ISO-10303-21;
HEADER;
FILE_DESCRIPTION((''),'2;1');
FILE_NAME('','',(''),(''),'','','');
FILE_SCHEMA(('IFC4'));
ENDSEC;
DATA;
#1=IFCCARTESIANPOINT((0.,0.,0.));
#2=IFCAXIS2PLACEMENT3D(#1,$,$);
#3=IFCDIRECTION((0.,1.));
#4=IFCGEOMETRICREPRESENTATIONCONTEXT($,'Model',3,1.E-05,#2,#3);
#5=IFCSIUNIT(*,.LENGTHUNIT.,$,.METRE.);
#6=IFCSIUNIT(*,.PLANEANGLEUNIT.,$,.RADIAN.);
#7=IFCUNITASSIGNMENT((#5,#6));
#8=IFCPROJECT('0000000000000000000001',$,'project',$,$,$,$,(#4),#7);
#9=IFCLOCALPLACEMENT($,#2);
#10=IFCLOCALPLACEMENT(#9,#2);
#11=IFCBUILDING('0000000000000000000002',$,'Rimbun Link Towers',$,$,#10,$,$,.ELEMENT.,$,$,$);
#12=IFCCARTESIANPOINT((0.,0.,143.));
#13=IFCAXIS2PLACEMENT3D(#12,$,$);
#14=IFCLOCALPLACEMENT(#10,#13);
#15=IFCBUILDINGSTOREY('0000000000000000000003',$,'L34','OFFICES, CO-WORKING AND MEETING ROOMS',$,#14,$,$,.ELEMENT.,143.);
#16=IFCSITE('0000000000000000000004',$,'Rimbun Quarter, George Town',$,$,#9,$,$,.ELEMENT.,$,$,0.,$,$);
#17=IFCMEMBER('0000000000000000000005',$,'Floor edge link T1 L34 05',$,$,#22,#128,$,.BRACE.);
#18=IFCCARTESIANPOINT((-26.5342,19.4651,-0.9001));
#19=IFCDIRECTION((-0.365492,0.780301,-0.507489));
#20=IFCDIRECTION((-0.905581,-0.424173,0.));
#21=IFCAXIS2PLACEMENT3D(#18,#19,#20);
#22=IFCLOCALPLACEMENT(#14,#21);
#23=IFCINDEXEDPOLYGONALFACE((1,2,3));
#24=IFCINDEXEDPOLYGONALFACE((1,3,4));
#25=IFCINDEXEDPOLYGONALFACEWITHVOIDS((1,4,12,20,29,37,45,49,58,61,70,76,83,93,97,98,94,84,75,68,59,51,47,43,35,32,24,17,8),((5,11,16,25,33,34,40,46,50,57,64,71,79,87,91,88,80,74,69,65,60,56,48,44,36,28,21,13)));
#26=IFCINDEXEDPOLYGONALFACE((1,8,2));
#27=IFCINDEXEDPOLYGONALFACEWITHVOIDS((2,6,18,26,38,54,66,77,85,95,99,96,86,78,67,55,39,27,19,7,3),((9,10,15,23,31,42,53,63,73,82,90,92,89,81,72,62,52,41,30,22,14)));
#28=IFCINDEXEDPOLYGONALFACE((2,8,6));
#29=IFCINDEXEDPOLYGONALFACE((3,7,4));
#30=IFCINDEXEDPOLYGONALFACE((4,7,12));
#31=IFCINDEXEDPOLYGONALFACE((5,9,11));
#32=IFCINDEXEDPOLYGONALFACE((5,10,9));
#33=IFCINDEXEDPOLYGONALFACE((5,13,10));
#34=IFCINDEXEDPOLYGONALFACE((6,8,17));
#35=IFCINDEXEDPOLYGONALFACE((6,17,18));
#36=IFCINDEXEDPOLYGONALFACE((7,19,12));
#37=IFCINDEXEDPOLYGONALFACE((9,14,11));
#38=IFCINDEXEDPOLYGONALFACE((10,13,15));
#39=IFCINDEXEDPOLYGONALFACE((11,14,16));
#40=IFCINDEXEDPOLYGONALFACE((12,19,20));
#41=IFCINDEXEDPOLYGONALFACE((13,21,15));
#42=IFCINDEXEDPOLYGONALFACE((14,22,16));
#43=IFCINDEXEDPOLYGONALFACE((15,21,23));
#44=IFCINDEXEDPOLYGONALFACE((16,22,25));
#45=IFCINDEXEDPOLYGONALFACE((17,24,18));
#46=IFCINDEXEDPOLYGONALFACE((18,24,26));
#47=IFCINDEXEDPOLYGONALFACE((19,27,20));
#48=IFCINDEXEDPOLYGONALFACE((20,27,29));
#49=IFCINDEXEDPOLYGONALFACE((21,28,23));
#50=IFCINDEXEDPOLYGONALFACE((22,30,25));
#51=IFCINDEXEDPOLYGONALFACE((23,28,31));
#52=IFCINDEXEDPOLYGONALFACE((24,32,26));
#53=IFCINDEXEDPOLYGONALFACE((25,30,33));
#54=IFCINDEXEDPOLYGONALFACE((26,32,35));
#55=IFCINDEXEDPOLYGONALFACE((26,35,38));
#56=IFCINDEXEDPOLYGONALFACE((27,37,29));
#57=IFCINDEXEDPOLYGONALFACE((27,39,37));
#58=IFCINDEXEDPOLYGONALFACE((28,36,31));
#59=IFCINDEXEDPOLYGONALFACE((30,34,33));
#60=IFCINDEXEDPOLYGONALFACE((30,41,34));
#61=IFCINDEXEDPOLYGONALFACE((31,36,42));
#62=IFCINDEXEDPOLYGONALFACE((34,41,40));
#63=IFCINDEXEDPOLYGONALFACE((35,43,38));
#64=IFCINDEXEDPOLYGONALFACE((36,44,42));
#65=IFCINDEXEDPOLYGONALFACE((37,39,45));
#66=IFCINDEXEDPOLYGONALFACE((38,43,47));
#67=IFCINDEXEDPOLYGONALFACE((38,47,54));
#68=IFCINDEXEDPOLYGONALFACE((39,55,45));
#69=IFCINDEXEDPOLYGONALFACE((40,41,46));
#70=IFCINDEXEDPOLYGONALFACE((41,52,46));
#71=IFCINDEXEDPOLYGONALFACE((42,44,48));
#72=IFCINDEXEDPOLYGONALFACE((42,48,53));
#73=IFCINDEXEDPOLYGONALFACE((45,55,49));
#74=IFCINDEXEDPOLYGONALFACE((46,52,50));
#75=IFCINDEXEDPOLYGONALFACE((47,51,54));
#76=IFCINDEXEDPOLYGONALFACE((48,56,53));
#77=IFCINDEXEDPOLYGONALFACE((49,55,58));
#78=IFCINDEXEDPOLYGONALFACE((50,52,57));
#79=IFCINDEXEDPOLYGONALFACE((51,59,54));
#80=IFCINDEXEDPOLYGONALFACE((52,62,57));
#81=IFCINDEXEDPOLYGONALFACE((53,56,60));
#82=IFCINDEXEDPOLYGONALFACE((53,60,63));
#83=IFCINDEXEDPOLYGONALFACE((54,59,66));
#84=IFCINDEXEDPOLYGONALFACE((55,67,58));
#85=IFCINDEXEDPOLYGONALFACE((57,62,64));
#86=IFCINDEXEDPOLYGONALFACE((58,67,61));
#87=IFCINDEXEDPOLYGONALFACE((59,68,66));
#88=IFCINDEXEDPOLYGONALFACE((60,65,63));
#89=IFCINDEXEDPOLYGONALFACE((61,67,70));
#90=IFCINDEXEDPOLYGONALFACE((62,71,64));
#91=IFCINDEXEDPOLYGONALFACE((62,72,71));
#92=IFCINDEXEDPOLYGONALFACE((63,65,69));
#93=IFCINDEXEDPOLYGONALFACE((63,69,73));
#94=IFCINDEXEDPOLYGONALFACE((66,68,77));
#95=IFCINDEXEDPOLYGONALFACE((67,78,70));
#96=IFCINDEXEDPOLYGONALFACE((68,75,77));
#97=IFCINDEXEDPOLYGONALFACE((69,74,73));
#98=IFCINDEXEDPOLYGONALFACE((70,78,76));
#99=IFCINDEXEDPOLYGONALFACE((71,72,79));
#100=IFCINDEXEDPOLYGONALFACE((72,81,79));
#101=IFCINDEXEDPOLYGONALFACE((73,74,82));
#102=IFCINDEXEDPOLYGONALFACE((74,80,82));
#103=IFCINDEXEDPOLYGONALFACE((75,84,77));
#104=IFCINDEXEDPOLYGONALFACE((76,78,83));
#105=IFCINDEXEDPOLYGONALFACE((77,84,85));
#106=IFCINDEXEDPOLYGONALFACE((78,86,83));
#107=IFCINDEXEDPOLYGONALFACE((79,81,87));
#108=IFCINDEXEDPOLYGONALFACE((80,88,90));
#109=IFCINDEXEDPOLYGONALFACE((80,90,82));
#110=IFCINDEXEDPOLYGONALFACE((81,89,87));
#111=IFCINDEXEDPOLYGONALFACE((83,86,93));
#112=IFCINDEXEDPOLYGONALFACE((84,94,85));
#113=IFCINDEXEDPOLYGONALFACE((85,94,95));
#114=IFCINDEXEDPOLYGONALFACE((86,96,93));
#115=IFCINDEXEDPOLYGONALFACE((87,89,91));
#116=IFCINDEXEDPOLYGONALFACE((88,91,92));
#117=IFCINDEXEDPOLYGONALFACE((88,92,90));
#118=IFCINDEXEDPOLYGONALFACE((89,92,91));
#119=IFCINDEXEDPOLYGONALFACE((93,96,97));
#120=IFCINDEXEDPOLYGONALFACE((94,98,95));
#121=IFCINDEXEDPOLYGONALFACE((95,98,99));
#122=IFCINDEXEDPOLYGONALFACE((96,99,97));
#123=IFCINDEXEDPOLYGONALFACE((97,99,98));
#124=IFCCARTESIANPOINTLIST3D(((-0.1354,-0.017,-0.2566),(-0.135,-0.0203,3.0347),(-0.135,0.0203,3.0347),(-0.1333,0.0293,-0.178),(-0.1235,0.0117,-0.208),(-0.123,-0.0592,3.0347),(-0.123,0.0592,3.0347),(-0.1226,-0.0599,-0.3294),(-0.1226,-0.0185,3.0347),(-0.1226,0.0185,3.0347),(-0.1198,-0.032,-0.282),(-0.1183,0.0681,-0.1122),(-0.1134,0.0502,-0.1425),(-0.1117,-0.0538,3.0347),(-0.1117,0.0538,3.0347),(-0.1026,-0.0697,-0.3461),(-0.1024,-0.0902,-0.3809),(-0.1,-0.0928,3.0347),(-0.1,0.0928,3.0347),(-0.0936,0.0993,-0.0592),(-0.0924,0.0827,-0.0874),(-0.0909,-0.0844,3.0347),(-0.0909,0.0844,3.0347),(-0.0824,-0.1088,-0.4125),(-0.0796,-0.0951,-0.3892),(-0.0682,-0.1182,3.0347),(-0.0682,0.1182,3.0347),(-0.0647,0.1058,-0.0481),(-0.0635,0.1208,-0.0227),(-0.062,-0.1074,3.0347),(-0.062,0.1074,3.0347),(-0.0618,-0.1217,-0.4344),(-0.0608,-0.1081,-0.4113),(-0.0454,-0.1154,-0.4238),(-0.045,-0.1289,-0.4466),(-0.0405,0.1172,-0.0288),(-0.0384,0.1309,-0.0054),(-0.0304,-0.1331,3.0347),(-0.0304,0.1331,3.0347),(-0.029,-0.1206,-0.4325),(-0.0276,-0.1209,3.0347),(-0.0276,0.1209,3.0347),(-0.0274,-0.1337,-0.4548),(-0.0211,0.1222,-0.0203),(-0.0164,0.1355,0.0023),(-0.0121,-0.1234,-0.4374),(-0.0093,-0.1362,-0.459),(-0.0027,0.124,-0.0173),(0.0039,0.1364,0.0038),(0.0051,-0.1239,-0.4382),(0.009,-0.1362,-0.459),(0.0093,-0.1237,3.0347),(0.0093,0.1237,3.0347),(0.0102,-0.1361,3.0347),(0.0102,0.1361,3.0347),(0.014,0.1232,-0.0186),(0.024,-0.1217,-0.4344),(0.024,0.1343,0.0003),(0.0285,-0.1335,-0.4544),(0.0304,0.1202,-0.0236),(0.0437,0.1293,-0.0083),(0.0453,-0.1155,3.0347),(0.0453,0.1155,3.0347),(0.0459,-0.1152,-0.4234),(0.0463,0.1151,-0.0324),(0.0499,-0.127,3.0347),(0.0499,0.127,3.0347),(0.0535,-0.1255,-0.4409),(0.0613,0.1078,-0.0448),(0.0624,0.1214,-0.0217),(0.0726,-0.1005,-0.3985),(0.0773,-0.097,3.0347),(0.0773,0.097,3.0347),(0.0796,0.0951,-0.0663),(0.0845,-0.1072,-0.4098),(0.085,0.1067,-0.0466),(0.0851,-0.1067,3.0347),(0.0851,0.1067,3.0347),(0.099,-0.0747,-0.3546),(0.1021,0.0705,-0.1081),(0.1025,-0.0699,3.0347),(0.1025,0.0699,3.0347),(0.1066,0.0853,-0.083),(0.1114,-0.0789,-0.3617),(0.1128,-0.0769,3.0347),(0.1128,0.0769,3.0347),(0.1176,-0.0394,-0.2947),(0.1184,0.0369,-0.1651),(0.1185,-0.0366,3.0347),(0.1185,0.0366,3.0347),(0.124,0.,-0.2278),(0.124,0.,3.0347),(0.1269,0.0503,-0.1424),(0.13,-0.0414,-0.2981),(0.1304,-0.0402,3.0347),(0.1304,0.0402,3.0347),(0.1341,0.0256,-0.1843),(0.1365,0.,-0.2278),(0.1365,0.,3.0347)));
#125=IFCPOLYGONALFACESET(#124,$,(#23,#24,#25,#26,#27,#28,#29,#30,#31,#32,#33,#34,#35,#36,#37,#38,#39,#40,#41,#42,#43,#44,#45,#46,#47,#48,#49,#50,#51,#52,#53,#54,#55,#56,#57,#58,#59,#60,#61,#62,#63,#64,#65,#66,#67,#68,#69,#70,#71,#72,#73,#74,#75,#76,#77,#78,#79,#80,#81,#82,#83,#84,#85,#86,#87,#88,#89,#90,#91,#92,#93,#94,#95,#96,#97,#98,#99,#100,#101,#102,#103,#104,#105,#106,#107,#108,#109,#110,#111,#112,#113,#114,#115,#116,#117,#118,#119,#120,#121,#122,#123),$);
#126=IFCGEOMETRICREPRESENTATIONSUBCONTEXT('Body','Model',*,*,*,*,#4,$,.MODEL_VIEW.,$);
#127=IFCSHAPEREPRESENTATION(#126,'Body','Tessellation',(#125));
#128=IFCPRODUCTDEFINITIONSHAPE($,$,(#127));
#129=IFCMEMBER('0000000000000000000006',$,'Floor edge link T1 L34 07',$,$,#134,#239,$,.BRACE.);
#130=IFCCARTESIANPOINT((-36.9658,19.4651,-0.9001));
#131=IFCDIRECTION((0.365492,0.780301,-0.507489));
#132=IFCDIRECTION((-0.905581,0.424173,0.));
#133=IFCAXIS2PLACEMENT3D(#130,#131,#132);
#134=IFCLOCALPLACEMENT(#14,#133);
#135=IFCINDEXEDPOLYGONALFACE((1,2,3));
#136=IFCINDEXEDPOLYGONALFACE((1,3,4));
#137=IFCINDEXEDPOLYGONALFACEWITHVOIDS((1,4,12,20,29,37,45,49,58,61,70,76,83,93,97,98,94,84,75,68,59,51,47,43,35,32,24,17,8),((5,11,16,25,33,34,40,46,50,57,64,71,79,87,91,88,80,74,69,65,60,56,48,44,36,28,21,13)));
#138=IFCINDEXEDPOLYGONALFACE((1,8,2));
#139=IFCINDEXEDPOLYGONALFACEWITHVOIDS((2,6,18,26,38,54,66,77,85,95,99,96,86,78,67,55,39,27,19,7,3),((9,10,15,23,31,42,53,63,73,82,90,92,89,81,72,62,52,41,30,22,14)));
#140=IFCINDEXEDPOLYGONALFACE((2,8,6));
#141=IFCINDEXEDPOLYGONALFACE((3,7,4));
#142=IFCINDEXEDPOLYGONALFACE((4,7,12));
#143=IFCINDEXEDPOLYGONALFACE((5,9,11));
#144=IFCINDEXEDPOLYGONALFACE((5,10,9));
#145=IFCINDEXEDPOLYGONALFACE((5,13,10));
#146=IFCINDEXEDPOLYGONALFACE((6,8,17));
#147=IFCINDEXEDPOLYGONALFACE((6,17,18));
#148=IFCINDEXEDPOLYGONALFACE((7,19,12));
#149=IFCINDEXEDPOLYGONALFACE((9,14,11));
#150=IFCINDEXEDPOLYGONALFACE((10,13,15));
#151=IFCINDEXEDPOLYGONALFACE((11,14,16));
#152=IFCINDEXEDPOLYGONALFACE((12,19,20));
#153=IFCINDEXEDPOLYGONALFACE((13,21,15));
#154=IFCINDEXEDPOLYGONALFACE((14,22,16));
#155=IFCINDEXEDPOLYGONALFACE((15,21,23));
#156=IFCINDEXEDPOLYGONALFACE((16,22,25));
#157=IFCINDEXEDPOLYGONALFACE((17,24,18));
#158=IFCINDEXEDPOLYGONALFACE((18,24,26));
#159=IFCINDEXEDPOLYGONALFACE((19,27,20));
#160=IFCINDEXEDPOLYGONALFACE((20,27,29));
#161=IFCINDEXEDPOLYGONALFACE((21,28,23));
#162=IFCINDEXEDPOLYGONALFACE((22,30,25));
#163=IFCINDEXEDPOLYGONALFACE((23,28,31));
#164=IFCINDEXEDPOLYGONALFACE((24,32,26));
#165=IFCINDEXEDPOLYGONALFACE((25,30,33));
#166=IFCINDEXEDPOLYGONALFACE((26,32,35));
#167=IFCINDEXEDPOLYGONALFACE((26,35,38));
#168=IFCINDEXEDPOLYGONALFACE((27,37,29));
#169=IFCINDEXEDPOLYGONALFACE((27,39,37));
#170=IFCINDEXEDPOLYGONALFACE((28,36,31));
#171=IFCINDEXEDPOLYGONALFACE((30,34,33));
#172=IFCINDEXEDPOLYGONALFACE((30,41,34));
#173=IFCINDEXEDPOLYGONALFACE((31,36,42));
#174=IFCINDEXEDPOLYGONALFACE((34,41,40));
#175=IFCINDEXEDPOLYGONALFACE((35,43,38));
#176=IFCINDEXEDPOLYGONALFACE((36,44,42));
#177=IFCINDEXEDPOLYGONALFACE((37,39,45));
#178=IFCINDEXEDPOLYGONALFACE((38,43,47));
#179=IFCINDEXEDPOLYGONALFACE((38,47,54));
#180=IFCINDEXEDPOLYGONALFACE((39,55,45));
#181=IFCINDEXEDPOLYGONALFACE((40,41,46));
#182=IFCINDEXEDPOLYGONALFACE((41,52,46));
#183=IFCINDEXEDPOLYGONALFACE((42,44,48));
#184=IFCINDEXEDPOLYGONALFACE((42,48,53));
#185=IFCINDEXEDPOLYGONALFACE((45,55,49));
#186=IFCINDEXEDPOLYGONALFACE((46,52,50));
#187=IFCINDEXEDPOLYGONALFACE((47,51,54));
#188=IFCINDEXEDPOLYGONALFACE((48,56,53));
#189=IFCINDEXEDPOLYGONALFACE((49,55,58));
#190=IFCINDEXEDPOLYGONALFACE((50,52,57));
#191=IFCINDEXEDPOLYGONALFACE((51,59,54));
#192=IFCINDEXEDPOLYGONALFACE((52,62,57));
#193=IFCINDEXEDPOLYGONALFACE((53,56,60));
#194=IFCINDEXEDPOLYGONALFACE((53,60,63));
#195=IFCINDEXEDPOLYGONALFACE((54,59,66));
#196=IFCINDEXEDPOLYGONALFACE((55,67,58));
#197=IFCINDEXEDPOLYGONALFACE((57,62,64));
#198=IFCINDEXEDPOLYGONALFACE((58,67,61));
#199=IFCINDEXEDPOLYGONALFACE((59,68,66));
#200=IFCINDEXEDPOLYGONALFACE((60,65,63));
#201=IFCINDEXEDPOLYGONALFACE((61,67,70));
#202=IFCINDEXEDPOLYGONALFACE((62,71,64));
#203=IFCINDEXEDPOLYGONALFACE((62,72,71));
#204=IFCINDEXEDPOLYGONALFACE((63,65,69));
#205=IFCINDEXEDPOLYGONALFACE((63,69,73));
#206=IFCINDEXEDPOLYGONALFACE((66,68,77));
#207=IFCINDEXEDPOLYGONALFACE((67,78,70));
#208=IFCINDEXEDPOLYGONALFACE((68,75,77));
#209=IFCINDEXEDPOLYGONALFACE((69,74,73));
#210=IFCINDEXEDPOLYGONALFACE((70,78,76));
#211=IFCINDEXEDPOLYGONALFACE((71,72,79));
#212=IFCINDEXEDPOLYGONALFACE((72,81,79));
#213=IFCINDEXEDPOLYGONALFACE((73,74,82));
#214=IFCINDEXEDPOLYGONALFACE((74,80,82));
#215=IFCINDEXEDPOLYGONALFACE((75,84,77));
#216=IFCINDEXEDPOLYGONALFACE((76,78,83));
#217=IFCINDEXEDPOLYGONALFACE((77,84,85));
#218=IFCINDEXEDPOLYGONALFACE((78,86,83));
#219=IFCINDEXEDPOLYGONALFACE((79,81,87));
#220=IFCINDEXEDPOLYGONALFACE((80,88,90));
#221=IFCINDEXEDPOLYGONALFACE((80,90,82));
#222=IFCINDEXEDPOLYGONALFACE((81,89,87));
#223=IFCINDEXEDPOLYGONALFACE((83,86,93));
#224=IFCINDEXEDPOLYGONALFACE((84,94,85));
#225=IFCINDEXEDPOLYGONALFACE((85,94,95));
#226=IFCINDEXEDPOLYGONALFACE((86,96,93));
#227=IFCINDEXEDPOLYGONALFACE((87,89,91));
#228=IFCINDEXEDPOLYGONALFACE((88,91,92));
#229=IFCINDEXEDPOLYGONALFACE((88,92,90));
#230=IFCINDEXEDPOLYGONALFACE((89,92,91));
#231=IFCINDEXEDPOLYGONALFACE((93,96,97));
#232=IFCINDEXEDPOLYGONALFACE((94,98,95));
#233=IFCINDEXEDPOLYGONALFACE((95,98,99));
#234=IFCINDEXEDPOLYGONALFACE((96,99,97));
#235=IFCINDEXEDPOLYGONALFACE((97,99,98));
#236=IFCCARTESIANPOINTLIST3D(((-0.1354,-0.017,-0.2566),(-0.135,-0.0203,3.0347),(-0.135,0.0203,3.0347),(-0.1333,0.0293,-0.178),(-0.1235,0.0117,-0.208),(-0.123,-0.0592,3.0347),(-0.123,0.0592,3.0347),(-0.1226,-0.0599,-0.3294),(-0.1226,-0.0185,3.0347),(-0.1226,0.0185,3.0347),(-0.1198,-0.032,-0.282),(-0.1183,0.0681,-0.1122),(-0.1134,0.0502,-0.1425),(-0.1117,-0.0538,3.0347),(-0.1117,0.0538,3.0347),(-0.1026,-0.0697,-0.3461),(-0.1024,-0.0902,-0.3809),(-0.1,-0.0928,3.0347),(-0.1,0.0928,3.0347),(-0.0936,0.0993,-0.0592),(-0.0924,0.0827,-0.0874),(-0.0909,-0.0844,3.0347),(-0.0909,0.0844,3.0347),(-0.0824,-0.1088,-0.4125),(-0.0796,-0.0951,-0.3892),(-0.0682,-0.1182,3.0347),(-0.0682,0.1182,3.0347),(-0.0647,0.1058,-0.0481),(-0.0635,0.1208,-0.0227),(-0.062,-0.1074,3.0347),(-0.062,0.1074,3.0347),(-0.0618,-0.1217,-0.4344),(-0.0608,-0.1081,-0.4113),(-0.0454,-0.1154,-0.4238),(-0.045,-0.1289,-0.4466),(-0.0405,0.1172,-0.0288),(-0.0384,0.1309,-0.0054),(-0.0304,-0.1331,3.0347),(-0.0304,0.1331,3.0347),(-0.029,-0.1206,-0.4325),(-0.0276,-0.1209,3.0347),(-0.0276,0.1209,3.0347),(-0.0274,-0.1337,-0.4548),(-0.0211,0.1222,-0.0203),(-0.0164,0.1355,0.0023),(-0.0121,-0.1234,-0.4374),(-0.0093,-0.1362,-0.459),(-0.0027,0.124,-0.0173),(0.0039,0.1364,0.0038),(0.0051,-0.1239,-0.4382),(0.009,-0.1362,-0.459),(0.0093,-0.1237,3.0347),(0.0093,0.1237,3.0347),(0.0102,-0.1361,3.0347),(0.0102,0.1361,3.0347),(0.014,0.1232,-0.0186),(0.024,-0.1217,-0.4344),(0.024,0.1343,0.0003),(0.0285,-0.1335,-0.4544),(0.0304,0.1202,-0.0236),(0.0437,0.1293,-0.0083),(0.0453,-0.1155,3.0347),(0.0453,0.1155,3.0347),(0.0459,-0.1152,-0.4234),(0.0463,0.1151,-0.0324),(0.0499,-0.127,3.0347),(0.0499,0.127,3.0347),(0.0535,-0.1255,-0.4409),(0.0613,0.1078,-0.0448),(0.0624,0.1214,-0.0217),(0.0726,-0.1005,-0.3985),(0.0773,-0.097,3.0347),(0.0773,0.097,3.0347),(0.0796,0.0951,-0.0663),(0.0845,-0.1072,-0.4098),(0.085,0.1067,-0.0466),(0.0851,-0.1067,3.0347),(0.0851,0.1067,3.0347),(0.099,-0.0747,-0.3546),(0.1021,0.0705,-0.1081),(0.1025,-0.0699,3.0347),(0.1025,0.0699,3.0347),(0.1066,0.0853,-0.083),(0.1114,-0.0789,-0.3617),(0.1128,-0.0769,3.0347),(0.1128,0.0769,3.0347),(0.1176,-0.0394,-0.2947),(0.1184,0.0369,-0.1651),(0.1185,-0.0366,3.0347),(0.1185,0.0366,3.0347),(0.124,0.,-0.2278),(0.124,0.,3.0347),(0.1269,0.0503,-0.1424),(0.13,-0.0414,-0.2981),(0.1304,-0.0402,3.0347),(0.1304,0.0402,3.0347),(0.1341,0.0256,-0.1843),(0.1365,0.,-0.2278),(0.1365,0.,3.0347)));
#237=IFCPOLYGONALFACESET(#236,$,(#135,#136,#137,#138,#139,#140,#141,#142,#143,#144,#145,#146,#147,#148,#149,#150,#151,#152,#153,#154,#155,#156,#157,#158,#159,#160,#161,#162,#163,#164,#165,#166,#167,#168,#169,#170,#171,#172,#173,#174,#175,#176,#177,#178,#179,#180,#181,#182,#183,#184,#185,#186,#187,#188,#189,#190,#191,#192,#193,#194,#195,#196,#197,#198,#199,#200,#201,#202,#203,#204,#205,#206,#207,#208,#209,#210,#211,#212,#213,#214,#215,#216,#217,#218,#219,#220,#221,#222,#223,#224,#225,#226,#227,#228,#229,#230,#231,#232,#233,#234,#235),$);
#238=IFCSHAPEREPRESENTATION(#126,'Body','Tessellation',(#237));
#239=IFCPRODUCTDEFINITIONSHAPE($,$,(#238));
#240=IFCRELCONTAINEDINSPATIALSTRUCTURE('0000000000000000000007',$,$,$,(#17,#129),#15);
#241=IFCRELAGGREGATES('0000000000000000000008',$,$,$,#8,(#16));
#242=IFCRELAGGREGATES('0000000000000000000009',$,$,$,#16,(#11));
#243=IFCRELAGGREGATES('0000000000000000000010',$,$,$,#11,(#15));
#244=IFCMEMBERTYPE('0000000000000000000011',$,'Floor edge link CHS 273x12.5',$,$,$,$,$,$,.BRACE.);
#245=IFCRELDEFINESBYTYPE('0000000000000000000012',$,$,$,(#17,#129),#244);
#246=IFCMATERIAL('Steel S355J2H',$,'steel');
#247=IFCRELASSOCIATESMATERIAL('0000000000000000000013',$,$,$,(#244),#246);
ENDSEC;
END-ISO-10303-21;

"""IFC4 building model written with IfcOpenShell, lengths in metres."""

from ifc_helpers import new_model, si_unit, direction, frame, origin, origin_2d, place, context, subcontext, project, spatial, hollow_circle, extrude, clip, halfspace, material, material_profile, profile_set, type_object, element, save


model = new_model("IFC4")

# Units and contexts
model_context = context("Model", 3, precision=1e-05, world=origin(), true_north=direction((0.0, 1.0)))
body_context = subcontext(model_context, "Body", "Model", "MODEL_VIEW")
ifc_project = project(units=[si_unit("LENGTHUNIT", "METRE"), si_unit("PLANEANGLEUNIT", "RADIAN")], contexts=[model_context])

# Site, building, storey
site_placement = place(None, origin())
site = spatial("IfcSite", under=ifc_project, at=site_placement, Name="Rimbun Quarter, George Town", CompositionType="ELEMENT", RefElevation=0.0)
building_placement = place(site_placement, origin())
building = spatial("IfcBuilding", under=site, at=building_placement, Name="Rimbun Link Towers", CompositionType="ELEMENT")
storey_placement = place(building_placement, frame((0.0, 0.0, 143.0)))
storey = spatial("IfcBuildingStorey", under=building, at=storey_placement, Name="L34", Description="OFFICES, CO-WORKING AND MEETING ROOMS", CompositionType="ELEMENT", Elevation=143.0)

# Members
ifc_material_1 = material(Name="Steel S355J2H", Category="steel")
ifc_material_profile_1 = material_profile(ifc_material_1, hollow_circle(Radius=0.1365, WallThickness=0.0125, at=origin_2d()), Name="CHS 273x12.5")
ifc_profile_set_1 = profile_set([ifc_material_profile_1], Name="Steel S355J2H")
member_type_1 = type_object("IfcMemberType", Name="Floor edge link CHS 273x12.5", PredefinedType="BRACE", material=ifc_profile_set_1)
for number, where, z_axis, x_axis, name in (
    (1, (-26.5342, 19.4651, -0.9001), (-0.365492, 0.780301, -0.507489), (-0.905581, -0.424173, 0.0), "Floor edge link T1 L34 05"),
    (2, (-36.9658, 19.4651, -0.9001), (0.365492, 0.780301, -0.507489), (-0.905581, 0.424173, 0.0), "Floor edge link T1 L34 07"),
):
    element("IfcMember", number, at=place(storey_placement, frame(where, z_axis=z_axis, x_axis=x_axis)), inside=storey, type_object=member_type_1, Name=name, PredefinedType="BRACE", context=body_context, shape_type="Clipping", body=[
        clip(extrude(hollow_circle(Radius=0.1365, WallThickness=0.0125, at=origin_2d()), frame((0.0, 0.0, -0.4832)), (0.0, 0.0, 1.0), 3.5178), halfspace(frame((0.0, 0.0, -0.2278), z_axis=(0.0, 0.861658, -0.507489)), False)),
    ])

save(model, "model.ifc")
